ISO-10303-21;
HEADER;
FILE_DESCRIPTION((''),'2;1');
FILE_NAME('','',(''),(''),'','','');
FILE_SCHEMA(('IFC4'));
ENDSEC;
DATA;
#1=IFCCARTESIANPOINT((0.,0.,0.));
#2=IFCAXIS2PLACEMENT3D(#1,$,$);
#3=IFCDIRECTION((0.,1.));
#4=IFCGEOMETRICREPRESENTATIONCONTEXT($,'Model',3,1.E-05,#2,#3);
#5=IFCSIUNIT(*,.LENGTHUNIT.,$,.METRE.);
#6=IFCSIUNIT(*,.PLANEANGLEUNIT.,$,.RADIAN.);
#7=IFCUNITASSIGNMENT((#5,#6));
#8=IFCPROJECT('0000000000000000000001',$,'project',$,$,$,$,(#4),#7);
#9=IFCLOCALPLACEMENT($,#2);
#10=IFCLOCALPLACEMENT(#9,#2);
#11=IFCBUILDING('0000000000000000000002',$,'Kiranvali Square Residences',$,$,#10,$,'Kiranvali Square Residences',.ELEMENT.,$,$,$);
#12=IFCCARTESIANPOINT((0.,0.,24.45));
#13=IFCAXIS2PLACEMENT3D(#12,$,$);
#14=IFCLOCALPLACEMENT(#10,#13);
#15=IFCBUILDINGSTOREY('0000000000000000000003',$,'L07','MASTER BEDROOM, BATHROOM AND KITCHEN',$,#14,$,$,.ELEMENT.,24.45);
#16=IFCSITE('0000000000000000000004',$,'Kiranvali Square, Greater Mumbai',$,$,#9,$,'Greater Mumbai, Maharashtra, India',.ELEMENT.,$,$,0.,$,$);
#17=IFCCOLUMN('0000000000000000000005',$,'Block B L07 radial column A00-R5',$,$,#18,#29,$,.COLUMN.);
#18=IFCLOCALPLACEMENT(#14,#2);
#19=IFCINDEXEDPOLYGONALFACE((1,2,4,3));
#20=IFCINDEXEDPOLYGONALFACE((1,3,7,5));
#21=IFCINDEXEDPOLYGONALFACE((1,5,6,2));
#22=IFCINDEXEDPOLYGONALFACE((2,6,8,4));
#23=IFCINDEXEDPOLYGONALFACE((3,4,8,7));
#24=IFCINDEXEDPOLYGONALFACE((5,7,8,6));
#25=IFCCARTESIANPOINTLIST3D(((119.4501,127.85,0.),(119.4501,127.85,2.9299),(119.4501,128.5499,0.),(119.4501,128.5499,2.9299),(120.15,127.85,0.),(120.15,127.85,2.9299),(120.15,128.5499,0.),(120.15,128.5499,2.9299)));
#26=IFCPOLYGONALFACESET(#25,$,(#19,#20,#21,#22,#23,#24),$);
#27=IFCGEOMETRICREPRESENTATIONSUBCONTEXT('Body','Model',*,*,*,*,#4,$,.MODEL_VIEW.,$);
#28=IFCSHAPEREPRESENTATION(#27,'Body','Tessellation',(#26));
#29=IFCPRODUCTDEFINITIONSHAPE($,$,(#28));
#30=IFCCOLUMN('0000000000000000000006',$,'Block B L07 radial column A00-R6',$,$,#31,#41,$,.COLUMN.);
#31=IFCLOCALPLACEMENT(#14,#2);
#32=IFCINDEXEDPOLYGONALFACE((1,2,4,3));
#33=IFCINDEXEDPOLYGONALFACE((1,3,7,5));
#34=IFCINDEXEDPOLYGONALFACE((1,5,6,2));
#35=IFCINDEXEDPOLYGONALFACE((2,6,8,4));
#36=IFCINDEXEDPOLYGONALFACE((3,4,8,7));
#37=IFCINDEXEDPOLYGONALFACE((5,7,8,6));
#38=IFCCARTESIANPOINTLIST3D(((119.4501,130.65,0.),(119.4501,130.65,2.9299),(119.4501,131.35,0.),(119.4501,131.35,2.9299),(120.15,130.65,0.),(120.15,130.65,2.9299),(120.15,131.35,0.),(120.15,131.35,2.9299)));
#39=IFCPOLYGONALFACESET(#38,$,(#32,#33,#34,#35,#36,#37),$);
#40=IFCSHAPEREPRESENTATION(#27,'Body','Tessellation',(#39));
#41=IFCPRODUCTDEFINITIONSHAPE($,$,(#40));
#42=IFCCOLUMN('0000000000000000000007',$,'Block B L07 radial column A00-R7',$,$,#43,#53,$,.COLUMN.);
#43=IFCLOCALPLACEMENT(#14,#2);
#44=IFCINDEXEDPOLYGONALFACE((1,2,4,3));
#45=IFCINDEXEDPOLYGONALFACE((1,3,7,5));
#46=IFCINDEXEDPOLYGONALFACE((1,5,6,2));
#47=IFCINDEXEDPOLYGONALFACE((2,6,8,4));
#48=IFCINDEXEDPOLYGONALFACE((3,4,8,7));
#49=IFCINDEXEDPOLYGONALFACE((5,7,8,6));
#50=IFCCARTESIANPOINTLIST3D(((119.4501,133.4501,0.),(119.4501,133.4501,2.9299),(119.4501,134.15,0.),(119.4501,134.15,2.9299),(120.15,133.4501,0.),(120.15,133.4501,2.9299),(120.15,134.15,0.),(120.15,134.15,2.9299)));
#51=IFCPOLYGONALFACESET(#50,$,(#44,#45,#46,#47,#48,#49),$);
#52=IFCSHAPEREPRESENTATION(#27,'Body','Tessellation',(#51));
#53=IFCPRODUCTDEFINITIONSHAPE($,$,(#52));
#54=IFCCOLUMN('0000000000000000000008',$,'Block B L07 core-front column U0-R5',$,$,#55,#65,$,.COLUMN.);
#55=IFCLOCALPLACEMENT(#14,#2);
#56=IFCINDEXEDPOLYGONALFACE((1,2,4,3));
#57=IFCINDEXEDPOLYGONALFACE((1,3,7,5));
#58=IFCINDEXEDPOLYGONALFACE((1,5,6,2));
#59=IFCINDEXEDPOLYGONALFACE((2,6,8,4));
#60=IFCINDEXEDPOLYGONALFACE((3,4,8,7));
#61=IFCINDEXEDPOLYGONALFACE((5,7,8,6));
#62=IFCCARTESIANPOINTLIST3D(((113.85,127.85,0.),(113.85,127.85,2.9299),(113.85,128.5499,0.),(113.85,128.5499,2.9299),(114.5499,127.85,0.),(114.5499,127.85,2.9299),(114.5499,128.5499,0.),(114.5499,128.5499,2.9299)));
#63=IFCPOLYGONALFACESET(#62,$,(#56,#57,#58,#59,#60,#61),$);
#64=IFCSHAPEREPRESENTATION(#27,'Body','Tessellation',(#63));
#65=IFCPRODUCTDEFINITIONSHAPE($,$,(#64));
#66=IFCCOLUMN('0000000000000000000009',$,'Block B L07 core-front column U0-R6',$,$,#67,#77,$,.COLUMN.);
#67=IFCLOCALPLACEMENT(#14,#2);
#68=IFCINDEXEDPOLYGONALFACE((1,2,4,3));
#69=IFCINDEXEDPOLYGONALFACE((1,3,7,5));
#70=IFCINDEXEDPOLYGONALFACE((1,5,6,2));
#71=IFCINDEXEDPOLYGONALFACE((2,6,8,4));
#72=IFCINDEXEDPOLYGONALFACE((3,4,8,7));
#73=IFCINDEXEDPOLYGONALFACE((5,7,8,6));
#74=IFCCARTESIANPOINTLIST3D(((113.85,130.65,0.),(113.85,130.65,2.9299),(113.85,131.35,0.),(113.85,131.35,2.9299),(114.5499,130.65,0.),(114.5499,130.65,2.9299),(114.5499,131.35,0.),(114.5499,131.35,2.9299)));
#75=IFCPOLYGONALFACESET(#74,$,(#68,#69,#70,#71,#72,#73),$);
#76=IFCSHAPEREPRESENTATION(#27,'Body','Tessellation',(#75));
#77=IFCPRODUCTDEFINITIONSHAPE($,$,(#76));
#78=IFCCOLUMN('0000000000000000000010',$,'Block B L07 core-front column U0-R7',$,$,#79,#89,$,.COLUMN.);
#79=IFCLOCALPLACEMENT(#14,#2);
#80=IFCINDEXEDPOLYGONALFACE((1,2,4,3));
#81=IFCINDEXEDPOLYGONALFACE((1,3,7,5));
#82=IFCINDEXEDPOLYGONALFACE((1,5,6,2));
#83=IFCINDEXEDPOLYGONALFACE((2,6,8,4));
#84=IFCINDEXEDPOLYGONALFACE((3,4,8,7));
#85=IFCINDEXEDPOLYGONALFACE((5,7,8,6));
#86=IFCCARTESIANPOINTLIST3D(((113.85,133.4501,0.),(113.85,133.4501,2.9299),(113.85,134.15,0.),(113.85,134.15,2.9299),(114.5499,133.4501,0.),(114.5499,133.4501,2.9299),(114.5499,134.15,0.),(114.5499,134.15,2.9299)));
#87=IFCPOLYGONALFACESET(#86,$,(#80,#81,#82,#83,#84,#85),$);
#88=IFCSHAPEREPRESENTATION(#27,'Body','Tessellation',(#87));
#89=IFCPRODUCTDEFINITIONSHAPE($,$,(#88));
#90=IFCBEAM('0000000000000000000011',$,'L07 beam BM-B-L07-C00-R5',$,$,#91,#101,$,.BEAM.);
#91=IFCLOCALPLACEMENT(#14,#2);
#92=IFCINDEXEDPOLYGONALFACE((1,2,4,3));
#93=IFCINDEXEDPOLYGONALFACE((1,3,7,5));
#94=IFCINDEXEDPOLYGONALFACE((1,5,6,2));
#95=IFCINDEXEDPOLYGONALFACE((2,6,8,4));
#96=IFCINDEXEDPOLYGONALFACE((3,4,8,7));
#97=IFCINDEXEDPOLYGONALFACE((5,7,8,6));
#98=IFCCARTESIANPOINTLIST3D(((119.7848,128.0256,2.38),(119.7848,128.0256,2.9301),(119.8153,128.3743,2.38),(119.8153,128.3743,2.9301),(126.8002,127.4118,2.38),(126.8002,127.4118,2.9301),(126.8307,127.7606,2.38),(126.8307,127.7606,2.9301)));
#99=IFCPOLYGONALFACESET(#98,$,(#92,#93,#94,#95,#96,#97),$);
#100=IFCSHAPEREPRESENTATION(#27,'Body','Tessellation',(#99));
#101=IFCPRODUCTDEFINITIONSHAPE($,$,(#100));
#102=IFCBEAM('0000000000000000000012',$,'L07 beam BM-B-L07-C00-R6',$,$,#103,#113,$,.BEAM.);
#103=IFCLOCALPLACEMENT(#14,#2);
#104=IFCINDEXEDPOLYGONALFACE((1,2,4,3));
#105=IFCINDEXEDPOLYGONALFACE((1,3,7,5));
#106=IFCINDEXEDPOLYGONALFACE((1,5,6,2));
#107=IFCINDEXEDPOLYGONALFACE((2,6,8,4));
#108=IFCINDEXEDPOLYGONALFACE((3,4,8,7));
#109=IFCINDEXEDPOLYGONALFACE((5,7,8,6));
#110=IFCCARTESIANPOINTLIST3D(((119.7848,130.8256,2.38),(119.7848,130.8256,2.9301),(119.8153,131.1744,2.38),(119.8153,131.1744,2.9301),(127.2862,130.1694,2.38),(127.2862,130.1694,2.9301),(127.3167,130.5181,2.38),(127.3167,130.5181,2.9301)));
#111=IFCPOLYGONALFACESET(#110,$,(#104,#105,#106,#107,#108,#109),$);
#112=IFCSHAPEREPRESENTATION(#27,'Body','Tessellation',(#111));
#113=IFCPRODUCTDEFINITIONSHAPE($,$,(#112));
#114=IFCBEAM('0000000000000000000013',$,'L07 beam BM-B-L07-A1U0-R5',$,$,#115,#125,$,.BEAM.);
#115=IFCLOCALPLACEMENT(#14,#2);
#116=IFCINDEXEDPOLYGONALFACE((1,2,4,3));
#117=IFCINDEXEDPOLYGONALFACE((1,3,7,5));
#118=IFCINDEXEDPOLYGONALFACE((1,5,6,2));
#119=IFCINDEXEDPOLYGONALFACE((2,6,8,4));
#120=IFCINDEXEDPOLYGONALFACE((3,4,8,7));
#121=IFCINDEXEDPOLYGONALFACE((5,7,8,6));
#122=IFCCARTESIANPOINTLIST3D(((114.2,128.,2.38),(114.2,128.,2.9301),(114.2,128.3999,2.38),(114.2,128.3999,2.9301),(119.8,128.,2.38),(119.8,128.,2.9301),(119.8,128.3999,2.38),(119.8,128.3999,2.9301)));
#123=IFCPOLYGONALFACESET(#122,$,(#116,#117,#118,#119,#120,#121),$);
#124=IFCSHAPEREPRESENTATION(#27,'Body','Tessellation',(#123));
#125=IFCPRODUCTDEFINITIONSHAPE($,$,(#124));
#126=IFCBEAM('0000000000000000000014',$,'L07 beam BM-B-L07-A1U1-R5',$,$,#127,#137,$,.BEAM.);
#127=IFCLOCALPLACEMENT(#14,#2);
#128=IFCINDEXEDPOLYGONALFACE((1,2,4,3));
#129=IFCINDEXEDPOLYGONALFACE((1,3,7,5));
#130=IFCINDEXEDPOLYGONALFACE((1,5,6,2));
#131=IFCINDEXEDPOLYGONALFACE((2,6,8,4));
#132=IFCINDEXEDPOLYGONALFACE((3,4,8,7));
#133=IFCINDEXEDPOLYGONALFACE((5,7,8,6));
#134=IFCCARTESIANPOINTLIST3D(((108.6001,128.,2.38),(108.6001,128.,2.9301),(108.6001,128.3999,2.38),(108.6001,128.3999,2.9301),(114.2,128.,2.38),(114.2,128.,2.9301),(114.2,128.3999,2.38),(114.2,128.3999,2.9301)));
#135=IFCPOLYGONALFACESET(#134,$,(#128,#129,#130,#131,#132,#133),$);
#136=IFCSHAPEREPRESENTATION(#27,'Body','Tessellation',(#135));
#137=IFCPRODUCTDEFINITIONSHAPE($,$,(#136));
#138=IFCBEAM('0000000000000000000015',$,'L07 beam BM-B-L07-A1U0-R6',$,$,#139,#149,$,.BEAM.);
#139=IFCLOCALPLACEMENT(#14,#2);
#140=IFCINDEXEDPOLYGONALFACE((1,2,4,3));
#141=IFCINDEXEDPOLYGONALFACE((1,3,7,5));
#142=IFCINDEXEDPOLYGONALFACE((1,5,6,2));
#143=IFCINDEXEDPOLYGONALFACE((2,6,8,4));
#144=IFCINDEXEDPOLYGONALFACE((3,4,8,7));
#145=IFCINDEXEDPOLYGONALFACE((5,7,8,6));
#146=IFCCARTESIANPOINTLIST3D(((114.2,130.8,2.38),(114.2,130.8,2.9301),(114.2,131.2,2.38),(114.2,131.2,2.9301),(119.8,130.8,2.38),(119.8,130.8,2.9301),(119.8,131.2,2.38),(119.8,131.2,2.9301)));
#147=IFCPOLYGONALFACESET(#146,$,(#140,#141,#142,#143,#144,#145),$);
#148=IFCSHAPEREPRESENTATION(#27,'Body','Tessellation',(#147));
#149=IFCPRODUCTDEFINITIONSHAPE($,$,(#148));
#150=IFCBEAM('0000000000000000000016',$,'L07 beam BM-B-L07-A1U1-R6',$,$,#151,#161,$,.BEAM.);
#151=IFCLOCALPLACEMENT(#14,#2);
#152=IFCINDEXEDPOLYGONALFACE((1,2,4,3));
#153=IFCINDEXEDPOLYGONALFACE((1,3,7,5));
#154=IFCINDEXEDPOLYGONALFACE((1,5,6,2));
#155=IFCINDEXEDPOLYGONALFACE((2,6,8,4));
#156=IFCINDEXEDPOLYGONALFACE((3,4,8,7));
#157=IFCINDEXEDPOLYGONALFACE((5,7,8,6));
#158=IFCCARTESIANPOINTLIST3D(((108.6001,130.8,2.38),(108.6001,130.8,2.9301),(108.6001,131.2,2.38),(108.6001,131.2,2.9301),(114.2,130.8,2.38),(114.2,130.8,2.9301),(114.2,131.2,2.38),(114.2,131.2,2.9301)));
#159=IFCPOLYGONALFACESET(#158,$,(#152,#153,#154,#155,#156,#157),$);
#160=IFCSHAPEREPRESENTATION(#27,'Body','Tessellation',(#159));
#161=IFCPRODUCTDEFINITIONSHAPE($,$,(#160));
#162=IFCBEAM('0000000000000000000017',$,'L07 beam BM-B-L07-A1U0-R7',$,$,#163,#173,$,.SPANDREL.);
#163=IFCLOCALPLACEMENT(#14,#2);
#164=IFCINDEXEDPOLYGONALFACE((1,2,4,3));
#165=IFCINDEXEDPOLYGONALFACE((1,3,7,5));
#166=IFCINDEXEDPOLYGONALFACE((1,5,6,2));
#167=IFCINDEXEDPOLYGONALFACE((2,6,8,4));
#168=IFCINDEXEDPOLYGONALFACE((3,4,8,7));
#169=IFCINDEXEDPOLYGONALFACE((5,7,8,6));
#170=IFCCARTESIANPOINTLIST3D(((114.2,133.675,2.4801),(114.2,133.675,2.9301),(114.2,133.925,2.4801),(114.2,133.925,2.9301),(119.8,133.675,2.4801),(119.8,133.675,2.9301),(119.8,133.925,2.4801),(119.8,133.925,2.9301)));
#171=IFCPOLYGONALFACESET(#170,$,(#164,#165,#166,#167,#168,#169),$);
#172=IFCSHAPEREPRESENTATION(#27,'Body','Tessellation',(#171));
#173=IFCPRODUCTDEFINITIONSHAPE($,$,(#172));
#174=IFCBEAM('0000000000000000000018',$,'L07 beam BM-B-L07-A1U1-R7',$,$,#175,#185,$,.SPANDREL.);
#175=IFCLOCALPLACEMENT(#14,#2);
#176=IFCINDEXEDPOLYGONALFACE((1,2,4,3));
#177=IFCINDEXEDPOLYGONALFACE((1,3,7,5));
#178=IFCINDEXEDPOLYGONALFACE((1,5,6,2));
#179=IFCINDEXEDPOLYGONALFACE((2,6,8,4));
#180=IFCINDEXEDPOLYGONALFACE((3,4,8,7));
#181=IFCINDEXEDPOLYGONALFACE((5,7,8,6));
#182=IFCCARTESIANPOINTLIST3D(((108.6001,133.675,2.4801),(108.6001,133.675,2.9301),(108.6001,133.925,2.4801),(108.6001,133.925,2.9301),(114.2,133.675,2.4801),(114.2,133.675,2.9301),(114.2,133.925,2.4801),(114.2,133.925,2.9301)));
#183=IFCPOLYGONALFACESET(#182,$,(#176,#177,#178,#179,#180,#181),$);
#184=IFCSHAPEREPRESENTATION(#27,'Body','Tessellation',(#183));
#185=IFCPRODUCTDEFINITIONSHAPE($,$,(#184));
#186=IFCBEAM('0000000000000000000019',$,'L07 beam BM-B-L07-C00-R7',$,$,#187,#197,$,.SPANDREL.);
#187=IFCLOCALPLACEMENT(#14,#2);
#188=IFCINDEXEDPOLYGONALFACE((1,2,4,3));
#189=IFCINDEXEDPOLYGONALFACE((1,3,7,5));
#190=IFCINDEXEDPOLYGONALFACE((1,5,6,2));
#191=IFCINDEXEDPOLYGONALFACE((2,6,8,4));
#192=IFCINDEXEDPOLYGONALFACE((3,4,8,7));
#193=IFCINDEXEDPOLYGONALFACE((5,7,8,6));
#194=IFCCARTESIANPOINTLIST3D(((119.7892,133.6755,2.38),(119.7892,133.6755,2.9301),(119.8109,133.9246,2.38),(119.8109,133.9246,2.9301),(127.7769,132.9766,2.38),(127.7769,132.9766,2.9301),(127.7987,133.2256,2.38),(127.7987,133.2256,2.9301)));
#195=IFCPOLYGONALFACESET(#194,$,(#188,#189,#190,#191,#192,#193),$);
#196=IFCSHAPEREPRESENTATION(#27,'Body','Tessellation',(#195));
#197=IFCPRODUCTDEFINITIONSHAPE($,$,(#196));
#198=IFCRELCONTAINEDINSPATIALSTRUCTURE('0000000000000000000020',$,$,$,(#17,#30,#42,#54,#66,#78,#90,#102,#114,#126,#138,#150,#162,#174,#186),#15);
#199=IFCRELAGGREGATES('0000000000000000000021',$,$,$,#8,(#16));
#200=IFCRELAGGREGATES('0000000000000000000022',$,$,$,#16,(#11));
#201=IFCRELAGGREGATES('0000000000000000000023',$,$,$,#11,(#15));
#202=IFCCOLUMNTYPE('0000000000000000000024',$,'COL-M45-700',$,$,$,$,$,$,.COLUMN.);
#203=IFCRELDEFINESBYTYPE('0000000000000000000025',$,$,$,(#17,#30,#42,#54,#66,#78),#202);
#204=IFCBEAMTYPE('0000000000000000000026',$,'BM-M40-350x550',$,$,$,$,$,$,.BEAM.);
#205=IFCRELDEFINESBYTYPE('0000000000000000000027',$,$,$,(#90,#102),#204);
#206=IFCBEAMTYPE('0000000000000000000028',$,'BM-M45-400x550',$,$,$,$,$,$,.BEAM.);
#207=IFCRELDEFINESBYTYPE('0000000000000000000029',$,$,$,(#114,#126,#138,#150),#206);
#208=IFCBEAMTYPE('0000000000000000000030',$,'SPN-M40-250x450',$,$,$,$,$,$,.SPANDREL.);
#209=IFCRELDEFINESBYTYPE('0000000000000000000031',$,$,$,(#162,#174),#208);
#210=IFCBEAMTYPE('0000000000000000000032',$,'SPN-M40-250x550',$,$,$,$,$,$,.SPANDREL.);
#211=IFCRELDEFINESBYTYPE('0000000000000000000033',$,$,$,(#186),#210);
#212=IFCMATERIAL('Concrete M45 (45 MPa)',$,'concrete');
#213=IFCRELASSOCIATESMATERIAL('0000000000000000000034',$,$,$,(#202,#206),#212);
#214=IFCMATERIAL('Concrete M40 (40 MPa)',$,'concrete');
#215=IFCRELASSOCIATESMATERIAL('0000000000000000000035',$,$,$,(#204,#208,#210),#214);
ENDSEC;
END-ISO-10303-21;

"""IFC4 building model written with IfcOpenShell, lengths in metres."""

from ifc_helpers import new_model, si_unit, direction, frame, origin, origin_2d, place, context, subcontext, project, spatial, rectangle, extrude, material, material_profile, profile_set, type_object, element, save


model = new_model("IFC4")

# Units and contexts
model_context = context("Model", 3, precision=1e-05, world=origin(), true_north=direction((0.0, 1.0)))
body_context = subcontext(model_context, "Body", "Model", "MODEL_VIEW")
ifc_project = project(units=[si_unit("LENGTHUNIT", "METRE"), si_unit("PLANEANGLEUNIT", "RADIAN")], contexts=[model_context])

# Site, building, storey
site_placement = place(None, origin())
site = spatial("IfcSite", under=ifc_project, at=site_placement, Name="Kiranvali Square, Greater Mumbai", LongName="Greater Mumbai, Maharashtra, India", CompositionType="ELEMENT", RefElevation=0.0)
building_placement = place(site_placement, origin())
building = spatial("IfcBuilding", under=site, at=building_placement, Name="Kiranvali Square Residences", LongName="Kiranvali Square Residences", CompositionType="ELEMENT")
storey_placement = place(building_placement, frame((0.0, 0.0, 24.45)))
storey = spatial("IfcBuildingStorey", under=building, at=storey_placement, Name="L07", Description="MASTER BEDROOM, BATHROOM AND KITCHEN", CompositionType="ELEMENT", Elevation=24.45)

# Columns
ifc_material_1 = material(Name="Concrete M45 (45 MPa)", Category="concrete")
ifc_material_profile_1 = material_profile(ifc_material_1, rectangle(XDim=0.7, YDim=0.7, at=origin_2d()), Name="RC 700x700")
ifc_profile_set_1 = profile_set([ifc_material_profile_1], Name="Concrete M45 (45 MPa)")
column_type = type_object("IfcColumnType", Name="COL-M45-700", PredefinedType="COLUMN", material=ifc_profile_set_1)
for number, where, z_axis, x_axis, name in (
    (1, (119.8, 128.2, 0.0), (0.0, 0.0, 1.0), (1.0, 0.0, 0.0), "Block B L07 radial column A00-R5"),
    (2, (119.8, 131.0, 0.0), (0.0, 0.0, 1.0), (1.0, 0.0, 0.0), "Block B L07 radial column A00-R6"),
    (3, (119.8, 133.8, 0.0), (0.0, 0.0, 1.0), (1.0, 0.0, 0.0), "Block B L07 radial column A00-R7"),
    (4, (114.2, 128.2, 0.0), (0.0, 0.0, 1.0), (1.0, 0.0, 0.0), "Block B L07 core-front column U0-R5"),
    (5, (114.2, 131.0, 0.0), (0.0, 0.0, 1.0), (1.0, 0.0, 0.0), "Block B L07 core-front column U0-R6"),
    (6, (114.2, 133.8, 0.0), (0.0, 0.0, 1.0), (1.0, 0.0, 0.0), "Block B L07 core-front column U0-R7"),
):
    element("IfcColumn", number, at=place(storey_placement, frame(where, z_axis=z_axis, x_axis=x_axis)), inside=storey, type_object=column_type, Name=name, PredefinedType="COLUMN", context=body_context, shape_type="SweptSolid", body=[
        extrude(rectangle(XDim=0.7, YDim=0.7, at=origin_2d()), origin(), (0.0, 0.0, 1.0), 2.9299),
    ])

# Beams
ifc_material_2 = material(Name="Concrete M40 (40 MPa)", Category="concrete")
ifc_material_profile_2 = material_profile(ifc_material_2, rectangle(XDim=0.3501, YDim=0.55, at=origin_2d()), Name="RC 350x550")
ifc_profile_set_2 = profile_set([ifc_material_profile_2], Name="Concrete M40 (40 MPa)")
beam_type_1 = type_object("IfcBeamType", Name="BM-M40-350x550", PredefinedType="BEAM", material=ifc_profile_set_2)
beam_1_placement = place(storey_placement, frame((119.8, 128.2, 2.655), z_axis=(0.996195, -0.087156, 0.0), x_axis=(0.087156, 0.996195, 0.0)))
element("IfcBeam", 7, at=beam_1_placement, inside=storey, type_object=beam_type_1, Name="L07 beam BM-B-L07-C00-R5", PredefinedType="BEAM", context=body_context, shape_type="SweptSolid", body=[
    extrude(rectangle(XDim=0.3501, YDim=0.55, at=origin_2d()), origin(), (0.0, 0.0, 1.0), 7.0422),
])
beam_2_placement = place(storey_placement, frame((119.8, 131.0, 2.655), z_axis=(0.996195, -0.08715, 0.0), x_axis=(0.08715, 0.996195, 0.0)))
element("IfcBeam", 8, at=beam_2_placement, inside=storey, type_object=beam_type_1, Name="L07 beam BM-B-L07-C00-R6", PredefinedType="BEAM", context=body_context, shape_type="SweptSolid", body=[
    extrude(rectangle(XDim=0.3501, YDim=0.55, at=origin_2d()), origin(), (0.0, 0.0, 1.0), 7.53),
])
ifc_material_profile_3 = material_profile(ifc_material_1, rectangle(XDim=0.3999, YDim=0.55, at=origin_2d()), Name="RC 400x550")
ifc_profile_set_3 = profile_set([ifc_material_profile_3], Name="Concrete M45 (45 MPa)")
beam_type_2 = type_object("IfcBeamType", Name="BM-M45-400x550", PredefinedType="BEAM", material=ifc_profile_set_3)
beam_3_placement = place(storey_placement, frame((119.8, 128.2, 2.655), z_axis=(-1.0, 0.0, 0.0), x_axis=(0.0, -1.0, 0.0)))
element("IfcBeam", 9, at=beam_3_placement, inside=storey, type_object=beam_type_2, Name="L07 beam BM-B-L07-A1U0-R5", PredefinedType="BEAM", context=body_context, shape_type="SweptSolid", body=[
    extrude(rectangle(XDim=0.3999, YDim=0.55, at=origin_2d()), origin(), (0.0, 0.0, 1.0), 5.6001),
])
beam_4_placement = place(storey_placement, frame((114.2, 128.2, 2.655), z_axis=(-1.0, 0.0, 0.0), x_axis=(0.0, -1.0, 0.0)))
element("IfcBeam", 10, at=beam_4_placement, inside=storey, type_object=beam_type_2, Name="L07 beam BM-B-L07-A1U1-R5", PredefinedType="BEAM", context=body_context, shape_type="SweptSolid", body=[
    extrude(rectangle(XDim=0.3999, YDim=0.55, at=origin_2d()), origin(), (0.0, 0.0, 1.0), 5.5999),
])
beam_5_placement = place(storey_placement, frame((119.8, 131.0, 2.655), z_axis=(-1.0, 0.0, 0.0), x_axis=(0.0, -1.0, 0.0)))
element("IfcBeam", 11, at=beam_5_placement, inside=storey, type_object=beam_type_2, Name="L07 beam BM-B-L07-A1U0-R6", PredefinedType="BEAM", context=body_context, shape_type="SweptSolid", body=[
    extrude(rectangle(XDim=0.3999, YDim=0.55, at=origin_2d()), origin(), (0.0, 0.0, 1.0), 5.6001),
])
beam_6_placement = place(storey_placement, frame((114.2, 131.0, 2.655), z_axis=(-1.0, 0.0, 0.0), x_axis=(0.0, -1.0, 0.0)))
element("IfcBeam", 12, at=beam_6_placement, inside=storey, type_object=beam_type_2, Name="L07 beam BM-B-L07-A1U1-R6", PredefinedType="BEAM", context=body_context, shape_type="SweptSolid", body=[
    extrude(rectangle(XDim=0.3999, YDim=0.55, at=origin_2d()), origin(), (0.0, 0.0, 1.0), 5.5999),
])
ifc_material_profile_4 = material_profile(ifc_material_2, rectangle(XDim=0.25, YDim=0.45, at=origin_2d()), Name="RC 250x450")
ifc_profile_set_4 = profile_set([ifc_material_profile_4], Name="Concrete M40 (40 MPa)")
beam_type_3 = type_object("IfcBeamType", Name="SPN-M40-250x450", PredefinedType="SPANDREL", material=ifc_profile_set_4)
beam_7_placement = place(storey_placement, frame((119.8, 133.8, 2.7051), z_axis=(-1.0, 0.0, 0.0), x_axis=(0.0, -1.0, 0.0)))
element("IfcBeam", 13, at=beam_7_placement, inside=storey, type_object=beam_type_3, Name="L07 beam BM-B-L07-A1U0-R7", PredefinedType="SPANDREL", context=body_context, shape_type="SweptSolid", body=[
    extrude(rectangle(XDim=0.25, YDim=0.45, at=origin_2d()), origin(), (0.0, 0.0, 1.0), 5.6001),
])
beam_8_placement = place(storey_placement, frame((114.2, 133.8, 2.7051), z_axis=(-1.0, 0.0, 0.0), x_axis=(0.0, -1.0, 0.0)))
element("IfcBeam", 14, at=beam_8_placement, inside=storey, type_object=beam_type_3, Name="L07 beam BM-B-L07-A1U1-R7", PredefinedType="SPANDREL", context=body_context, shape_type="SweptSolid", body=[
    extrude(rectangle(XDim=0.25, YDim=0.45, at=origin_2d()), origin(), (0.0, 0.0, 1.0), 5.5999),
])
ifc_material_profile_5 = material_profile(ifc_material_2, rectangle(XDim=0.25, YDim=0.55, at=origin_2d()), Name="RC 250x550")
ifc_profile_set_5 = profile_set([ifc_material_profile_5], Name="Concrete M40 (40 MPa)")
beam_type_4 = type_object("IfcBeamType", Name="SPN-M40-250x550", PredefinedType="SPANDREL", material=ifc_profile_set_5)
beam_9_placement = place(storey_placement, frame((119.8, 133.8, 2.655), z_axis=(0.996193, -0.087172, 0.0), x_axis=(0.087172, 0.996193, 0.0)))
element("IfcBeam", 15, at=beam_9_placement, inside=storey, type_object=beam_type_4, Name="L07 beam BM-B-L07-C00-R7", PredefinedType="SPANDREL", context=body_context, shape_type="SweptSolid", body=[
    extrude(rectangle(XDim=0.25, YDim=0.55, at=origin_2d()), origin(), (0.0, 0.0, 1.0), 8.0183),
])

save(model, "model.ifc")
